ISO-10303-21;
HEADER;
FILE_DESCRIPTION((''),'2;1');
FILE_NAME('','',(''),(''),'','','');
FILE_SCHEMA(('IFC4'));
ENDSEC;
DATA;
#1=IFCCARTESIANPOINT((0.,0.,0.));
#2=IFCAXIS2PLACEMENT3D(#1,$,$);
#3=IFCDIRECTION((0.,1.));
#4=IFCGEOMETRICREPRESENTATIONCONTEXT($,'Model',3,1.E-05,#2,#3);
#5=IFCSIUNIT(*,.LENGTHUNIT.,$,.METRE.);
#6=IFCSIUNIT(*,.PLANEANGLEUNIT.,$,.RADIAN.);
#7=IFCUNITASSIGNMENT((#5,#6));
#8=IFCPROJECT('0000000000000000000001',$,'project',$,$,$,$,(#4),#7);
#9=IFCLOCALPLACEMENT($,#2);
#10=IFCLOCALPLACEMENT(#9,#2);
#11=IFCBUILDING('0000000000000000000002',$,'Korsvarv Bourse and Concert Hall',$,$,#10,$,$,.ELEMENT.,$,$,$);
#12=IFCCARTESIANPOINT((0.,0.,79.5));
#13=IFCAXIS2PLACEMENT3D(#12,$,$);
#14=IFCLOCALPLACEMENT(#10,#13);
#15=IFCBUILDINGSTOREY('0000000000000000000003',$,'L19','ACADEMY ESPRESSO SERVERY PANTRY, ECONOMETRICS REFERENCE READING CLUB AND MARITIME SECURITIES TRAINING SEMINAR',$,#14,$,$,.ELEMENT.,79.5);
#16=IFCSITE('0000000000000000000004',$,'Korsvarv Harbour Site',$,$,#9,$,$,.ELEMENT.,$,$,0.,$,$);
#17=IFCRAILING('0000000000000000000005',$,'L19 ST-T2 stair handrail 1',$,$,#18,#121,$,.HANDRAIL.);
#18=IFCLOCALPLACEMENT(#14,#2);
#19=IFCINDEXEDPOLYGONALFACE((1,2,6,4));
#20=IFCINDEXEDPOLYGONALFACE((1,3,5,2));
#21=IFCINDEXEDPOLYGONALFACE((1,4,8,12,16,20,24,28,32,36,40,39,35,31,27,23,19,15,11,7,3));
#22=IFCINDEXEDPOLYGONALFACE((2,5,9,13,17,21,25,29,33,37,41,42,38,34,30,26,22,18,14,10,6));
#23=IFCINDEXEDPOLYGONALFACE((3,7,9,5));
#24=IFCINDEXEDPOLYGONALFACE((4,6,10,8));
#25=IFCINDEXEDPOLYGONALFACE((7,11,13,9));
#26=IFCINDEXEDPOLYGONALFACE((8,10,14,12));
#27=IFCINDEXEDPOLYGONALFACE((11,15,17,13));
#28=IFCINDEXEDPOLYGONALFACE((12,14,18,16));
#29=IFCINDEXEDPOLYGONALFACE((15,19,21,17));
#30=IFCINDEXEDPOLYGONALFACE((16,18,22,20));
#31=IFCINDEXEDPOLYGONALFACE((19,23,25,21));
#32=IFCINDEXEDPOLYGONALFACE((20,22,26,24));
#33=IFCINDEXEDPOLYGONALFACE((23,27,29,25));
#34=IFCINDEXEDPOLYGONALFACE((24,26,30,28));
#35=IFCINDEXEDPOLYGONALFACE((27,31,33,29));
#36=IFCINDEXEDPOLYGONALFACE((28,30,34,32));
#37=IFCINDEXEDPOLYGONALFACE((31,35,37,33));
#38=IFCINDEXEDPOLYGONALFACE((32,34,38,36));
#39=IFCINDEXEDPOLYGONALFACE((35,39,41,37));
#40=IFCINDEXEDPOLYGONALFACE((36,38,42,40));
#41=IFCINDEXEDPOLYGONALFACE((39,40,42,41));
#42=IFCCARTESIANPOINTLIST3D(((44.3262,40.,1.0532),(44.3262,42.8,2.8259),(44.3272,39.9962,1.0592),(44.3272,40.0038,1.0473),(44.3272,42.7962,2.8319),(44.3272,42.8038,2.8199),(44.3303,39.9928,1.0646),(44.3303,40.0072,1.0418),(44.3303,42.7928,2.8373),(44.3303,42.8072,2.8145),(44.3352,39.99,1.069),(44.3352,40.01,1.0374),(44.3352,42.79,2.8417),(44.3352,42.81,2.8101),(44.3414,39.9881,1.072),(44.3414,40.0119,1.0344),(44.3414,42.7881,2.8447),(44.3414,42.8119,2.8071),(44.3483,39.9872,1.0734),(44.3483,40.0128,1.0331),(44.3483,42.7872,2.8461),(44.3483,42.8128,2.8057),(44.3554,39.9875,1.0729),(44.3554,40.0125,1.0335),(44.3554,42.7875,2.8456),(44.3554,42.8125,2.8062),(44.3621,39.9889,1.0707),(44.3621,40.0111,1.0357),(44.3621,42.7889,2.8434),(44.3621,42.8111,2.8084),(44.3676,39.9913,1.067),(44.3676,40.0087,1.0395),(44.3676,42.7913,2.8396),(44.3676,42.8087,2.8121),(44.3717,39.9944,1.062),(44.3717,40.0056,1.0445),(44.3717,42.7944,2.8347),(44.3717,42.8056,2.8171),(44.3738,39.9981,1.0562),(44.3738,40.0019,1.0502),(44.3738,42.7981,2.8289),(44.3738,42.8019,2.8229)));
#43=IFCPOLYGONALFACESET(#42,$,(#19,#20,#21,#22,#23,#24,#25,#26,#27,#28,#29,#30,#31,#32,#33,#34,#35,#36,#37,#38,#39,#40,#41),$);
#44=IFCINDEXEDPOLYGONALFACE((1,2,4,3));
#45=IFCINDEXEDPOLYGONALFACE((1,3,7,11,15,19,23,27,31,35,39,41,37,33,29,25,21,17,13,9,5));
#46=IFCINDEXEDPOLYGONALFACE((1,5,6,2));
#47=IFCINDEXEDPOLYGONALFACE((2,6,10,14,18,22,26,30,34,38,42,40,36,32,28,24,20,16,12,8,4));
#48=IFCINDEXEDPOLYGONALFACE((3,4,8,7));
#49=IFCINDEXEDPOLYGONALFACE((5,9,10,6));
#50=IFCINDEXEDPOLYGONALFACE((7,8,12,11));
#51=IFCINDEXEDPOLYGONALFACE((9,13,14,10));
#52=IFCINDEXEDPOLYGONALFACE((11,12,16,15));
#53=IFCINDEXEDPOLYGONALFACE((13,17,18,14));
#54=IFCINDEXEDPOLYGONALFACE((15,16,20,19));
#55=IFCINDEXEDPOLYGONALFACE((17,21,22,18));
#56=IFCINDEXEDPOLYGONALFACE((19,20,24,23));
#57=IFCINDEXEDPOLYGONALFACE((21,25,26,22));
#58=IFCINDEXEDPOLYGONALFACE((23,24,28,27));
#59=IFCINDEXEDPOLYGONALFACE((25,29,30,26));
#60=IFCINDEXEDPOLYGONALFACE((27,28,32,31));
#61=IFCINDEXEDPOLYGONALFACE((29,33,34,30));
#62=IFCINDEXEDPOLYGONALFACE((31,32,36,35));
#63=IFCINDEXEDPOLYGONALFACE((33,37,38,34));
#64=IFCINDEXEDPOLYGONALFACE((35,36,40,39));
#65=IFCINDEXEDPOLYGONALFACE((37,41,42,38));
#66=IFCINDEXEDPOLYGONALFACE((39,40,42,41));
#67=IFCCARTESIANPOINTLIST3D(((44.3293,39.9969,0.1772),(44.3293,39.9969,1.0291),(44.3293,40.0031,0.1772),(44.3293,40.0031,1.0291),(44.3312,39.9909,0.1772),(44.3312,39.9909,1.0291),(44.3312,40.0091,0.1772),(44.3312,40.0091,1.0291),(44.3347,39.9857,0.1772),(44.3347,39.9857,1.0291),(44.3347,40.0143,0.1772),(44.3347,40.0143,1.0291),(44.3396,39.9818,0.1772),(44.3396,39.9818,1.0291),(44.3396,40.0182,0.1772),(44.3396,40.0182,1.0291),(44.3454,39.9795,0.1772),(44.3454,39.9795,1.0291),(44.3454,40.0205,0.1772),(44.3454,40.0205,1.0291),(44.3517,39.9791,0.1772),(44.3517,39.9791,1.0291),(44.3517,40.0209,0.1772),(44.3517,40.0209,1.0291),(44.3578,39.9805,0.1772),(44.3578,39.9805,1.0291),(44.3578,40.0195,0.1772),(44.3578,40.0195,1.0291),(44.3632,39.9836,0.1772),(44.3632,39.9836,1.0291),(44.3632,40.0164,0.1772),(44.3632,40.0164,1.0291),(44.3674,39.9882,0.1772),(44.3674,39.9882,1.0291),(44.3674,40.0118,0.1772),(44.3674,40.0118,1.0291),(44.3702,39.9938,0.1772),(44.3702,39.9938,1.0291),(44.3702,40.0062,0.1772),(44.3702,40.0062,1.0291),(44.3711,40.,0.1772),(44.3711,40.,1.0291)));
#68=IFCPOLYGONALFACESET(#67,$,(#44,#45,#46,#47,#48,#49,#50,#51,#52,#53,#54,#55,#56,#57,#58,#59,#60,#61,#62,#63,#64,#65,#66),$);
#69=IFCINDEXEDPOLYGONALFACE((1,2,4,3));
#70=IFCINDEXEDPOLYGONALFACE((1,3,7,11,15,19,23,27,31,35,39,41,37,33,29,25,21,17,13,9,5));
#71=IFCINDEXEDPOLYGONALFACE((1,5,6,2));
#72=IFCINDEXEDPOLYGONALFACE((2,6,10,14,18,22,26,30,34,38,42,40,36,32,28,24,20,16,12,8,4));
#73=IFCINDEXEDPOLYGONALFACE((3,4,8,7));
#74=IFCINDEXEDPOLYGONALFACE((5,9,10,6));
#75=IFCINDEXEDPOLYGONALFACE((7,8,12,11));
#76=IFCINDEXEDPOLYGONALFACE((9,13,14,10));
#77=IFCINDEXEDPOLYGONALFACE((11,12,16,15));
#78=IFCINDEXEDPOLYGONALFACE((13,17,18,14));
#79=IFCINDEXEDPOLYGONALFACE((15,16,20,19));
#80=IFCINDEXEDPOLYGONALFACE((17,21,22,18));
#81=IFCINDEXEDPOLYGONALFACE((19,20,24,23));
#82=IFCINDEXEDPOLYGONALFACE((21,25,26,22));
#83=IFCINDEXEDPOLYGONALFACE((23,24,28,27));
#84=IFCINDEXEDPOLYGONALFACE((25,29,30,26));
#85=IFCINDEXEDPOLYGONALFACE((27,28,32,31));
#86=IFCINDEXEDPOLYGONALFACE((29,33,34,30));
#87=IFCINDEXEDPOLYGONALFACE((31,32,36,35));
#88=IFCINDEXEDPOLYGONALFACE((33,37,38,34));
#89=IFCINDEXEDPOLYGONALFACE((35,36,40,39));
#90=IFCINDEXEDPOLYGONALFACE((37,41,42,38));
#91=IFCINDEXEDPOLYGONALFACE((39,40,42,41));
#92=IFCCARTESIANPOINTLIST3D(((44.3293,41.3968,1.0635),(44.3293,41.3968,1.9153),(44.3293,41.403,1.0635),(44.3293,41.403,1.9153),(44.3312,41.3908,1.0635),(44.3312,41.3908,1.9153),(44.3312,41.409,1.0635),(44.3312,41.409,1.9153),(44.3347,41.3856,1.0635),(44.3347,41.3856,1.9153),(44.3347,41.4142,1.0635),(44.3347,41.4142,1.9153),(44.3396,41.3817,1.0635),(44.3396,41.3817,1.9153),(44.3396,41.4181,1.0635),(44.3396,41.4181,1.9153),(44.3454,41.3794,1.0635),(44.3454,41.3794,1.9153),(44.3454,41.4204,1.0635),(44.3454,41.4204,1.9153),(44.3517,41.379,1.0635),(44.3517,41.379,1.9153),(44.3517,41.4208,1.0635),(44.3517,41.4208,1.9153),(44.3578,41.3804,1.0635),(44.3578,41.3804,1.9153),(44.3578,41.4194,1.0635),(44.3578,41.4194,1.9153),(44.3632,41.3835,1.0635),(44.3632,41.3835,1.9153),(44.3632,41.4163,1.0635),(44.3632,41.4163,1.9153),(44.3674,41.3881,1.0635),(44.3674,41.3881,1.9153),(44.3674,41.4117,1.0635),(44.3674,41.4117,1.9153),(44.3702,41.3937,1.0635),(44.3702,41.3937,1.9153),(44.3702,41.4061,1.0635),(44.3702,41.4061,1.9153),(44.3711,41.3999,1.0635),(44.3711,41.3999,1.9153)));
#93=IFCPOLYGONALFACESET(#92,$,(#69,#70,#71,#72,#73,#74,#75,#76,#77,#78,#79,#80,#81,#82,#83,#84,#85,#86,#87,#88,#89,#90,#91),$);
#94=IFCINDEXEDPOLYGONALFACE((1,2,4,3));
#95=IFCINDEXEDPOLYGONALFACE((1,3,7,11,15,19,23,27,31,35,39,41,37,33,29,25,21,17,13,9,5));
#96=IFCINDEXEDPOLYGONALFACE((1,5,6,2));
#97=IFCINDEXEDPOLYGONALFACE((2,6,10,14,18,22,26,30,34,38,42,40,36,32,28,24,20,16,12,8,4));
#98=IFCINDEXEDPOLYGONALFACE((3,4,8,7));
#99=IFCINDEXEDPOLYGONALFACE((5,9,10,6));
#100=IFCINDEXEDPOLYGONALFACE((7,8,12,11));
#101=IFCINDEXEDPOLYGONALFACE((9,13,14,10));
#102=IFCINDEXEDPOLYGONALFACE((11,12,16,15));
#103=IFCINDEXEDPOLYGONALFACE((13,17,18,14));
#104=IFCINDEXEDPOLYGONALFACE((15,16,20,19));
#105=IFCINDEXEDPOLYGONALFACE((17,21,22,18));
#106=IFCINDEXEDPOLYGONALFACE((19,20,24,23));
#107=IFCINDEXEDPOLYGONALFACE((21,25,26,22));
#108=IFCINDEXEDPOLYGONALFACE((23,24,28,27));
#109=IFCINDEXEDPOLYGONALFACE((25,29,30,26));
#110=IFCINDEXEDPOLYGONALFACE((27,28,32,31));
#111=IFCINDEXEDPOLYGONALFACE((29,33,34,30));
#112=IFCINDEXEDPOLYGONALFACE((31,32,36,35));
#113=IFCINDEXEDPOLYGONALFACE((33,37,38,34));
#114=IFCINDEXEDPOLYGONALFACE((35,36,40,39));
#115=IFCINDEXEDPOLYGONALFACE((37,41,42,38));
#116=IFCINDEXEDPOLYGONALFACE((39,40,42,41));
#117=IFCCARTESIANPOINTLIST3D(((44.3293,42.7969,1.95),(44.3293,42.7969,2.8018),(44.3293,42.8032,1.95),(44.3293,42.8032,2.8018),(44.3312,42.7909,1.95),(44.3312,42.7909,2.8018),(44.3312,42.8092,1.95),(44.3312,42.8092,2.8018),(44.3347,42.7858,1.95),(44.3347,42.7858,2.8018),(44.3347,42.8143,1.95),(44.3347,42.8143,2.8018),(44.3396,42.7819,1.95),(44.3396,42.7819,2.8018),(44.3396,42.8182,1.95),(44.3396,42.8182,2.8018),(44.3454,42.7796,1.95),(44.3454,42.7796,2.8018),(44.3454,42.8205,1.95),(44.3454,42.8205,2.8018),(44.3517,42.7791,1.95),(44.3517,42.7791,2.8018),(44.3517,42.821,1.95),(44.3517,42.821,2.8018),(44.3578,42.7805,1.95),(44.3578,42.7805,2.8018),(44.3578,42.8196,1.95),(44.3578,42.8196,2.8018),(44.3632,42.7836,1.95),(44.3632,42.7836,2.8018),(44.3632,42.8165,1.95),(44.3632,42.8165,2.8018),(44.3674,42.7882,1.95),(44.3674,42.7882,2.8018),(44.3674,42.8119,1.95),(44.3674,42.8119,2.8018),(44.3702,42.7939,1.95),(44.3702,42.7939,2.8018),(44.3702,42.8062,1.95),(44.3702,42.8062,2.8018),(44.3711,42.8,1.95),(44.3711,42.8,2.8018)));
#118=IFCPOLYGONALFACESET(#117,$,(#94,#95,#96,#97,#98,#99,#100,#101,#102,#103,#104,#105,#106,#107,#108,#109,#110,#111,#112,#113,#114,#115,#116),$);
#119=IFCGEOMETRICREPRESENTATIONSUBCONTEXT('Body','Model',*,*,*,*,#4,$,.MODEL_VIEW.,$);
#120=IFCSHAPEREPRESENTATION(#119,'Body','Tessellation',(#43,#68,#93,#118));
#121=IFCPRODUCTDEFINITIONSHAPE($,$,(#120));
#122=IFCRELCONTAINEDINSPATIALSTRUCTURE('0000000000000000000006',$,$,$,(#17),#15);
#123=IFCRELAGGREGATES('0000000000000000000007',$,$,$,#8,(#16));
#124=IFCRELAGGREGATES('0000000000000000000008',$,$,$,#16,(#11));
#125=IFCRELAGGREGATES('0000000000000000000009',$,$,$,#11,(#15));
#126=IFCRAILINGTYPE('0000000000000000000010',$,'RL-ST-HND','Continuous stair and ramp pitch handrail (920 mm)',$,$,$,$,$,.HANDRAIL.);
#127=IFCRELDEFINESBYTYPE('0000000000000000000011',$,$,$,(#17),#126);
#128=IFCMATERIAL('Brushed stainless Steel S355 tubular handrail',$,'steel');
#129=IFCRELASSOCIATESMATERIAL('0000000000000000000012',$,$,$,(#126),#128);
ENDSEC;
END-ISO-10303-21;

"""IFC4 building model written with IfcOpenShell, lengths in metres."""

from ifc_helpers import new_model, si_unit, direction, frame, origin, origin_2d, place, context, subcontext, project, spatial, circle, extrude, material, type_object, element, save


model = new_model("IFC4")

# Units and contexts
model_context = context("Model", 3, precision=1e-05, world=origin(), true_north=direction((0.0, 1.0)))
body_context = subcontext(model_context, "Body", "Model", "MODEL_VIEW")
ifc_project = project(units=[si_unit("LENGTHUNIT", "METRE"), si_unit("PLANEANGLEUNIT", "RADIAN")], contexts=[model_context])

# Site, building, storey
site_placement = place(None, origin())
site = spatial("IfcSite", under=ifc_project, at=site_placement, Name="Korsvarv Harbour Site", CompositionType="ELEMENT", RefElevation=0.0)
building_placement = place(site_placement, origin())
building = spatial("IfcBuilding", under=site, at=building_placement, Name="Korsvarv Bourse and Concert Hall", CompositionType="ELEMENT")
storey_placement = place(building_placement, frame((0.0, 0.0, 79.5)))
storey = spatial("IfcBuildingStorey", under=building, at=storey_placement, Name="L19", Description="ACADEMY ESPRESSO SERVERY PANTRY, ECONOMETRICS REFERENCE READING CLUB AND MARITIME SECURITIES TRAINING SEMINAR", CompositionType="ELEMENT", Elevation=79.5)

# Railing
ifc_material_1 = material(Name="Brushed stainless Steel S355 tubular handrail", Category="steel")
railing_type = type_object("IfcRailingType", Name="RL-ST-HND", Description="Continuous stair and ramp pitch handrail (920 mm)", PredefinedType="HANDRAIL", material=ifc_material_1)
railing_placement = place(storey_placement, frame((44.3501, 40.0, 0.1772)))
element("IfcRailing", 1, at=railing_placement, inside=storey, type_object=railing_type, Name="L19 ST-T2 stair handrail 1", PredefinedType="HANDRAIL", context=body_context, shape_type="SweptSolid", body=[
    extrude(circle(Radius=0.0239, at=origin_2d()), frame((0.0, 0.0, 0.876), z_axis=(0.0, 0.844909, 0.53491), x_axis=(-1.0, 0.0, 0.0)), (0.0, 0.0, 1.0), 3.314),
    extrude(circle(Radius=0.021, at=origin_2d()), origin(), (0.0, 0.0, 1.0), 0.8518),
    extrude(circle(Radius=0.021, at=origin_2d()), frame((0.0, 1.3999, 0.8862)), (0.0, 0.0, 1.0), 0.8518),
    extrude(circle(Radius=0.021, at=origin_2d()), frame((0.0, 2.8, 1.7727)), (0.0, 0.0, 1.0), 0.8518),
])

save(model, "model.ifc")
